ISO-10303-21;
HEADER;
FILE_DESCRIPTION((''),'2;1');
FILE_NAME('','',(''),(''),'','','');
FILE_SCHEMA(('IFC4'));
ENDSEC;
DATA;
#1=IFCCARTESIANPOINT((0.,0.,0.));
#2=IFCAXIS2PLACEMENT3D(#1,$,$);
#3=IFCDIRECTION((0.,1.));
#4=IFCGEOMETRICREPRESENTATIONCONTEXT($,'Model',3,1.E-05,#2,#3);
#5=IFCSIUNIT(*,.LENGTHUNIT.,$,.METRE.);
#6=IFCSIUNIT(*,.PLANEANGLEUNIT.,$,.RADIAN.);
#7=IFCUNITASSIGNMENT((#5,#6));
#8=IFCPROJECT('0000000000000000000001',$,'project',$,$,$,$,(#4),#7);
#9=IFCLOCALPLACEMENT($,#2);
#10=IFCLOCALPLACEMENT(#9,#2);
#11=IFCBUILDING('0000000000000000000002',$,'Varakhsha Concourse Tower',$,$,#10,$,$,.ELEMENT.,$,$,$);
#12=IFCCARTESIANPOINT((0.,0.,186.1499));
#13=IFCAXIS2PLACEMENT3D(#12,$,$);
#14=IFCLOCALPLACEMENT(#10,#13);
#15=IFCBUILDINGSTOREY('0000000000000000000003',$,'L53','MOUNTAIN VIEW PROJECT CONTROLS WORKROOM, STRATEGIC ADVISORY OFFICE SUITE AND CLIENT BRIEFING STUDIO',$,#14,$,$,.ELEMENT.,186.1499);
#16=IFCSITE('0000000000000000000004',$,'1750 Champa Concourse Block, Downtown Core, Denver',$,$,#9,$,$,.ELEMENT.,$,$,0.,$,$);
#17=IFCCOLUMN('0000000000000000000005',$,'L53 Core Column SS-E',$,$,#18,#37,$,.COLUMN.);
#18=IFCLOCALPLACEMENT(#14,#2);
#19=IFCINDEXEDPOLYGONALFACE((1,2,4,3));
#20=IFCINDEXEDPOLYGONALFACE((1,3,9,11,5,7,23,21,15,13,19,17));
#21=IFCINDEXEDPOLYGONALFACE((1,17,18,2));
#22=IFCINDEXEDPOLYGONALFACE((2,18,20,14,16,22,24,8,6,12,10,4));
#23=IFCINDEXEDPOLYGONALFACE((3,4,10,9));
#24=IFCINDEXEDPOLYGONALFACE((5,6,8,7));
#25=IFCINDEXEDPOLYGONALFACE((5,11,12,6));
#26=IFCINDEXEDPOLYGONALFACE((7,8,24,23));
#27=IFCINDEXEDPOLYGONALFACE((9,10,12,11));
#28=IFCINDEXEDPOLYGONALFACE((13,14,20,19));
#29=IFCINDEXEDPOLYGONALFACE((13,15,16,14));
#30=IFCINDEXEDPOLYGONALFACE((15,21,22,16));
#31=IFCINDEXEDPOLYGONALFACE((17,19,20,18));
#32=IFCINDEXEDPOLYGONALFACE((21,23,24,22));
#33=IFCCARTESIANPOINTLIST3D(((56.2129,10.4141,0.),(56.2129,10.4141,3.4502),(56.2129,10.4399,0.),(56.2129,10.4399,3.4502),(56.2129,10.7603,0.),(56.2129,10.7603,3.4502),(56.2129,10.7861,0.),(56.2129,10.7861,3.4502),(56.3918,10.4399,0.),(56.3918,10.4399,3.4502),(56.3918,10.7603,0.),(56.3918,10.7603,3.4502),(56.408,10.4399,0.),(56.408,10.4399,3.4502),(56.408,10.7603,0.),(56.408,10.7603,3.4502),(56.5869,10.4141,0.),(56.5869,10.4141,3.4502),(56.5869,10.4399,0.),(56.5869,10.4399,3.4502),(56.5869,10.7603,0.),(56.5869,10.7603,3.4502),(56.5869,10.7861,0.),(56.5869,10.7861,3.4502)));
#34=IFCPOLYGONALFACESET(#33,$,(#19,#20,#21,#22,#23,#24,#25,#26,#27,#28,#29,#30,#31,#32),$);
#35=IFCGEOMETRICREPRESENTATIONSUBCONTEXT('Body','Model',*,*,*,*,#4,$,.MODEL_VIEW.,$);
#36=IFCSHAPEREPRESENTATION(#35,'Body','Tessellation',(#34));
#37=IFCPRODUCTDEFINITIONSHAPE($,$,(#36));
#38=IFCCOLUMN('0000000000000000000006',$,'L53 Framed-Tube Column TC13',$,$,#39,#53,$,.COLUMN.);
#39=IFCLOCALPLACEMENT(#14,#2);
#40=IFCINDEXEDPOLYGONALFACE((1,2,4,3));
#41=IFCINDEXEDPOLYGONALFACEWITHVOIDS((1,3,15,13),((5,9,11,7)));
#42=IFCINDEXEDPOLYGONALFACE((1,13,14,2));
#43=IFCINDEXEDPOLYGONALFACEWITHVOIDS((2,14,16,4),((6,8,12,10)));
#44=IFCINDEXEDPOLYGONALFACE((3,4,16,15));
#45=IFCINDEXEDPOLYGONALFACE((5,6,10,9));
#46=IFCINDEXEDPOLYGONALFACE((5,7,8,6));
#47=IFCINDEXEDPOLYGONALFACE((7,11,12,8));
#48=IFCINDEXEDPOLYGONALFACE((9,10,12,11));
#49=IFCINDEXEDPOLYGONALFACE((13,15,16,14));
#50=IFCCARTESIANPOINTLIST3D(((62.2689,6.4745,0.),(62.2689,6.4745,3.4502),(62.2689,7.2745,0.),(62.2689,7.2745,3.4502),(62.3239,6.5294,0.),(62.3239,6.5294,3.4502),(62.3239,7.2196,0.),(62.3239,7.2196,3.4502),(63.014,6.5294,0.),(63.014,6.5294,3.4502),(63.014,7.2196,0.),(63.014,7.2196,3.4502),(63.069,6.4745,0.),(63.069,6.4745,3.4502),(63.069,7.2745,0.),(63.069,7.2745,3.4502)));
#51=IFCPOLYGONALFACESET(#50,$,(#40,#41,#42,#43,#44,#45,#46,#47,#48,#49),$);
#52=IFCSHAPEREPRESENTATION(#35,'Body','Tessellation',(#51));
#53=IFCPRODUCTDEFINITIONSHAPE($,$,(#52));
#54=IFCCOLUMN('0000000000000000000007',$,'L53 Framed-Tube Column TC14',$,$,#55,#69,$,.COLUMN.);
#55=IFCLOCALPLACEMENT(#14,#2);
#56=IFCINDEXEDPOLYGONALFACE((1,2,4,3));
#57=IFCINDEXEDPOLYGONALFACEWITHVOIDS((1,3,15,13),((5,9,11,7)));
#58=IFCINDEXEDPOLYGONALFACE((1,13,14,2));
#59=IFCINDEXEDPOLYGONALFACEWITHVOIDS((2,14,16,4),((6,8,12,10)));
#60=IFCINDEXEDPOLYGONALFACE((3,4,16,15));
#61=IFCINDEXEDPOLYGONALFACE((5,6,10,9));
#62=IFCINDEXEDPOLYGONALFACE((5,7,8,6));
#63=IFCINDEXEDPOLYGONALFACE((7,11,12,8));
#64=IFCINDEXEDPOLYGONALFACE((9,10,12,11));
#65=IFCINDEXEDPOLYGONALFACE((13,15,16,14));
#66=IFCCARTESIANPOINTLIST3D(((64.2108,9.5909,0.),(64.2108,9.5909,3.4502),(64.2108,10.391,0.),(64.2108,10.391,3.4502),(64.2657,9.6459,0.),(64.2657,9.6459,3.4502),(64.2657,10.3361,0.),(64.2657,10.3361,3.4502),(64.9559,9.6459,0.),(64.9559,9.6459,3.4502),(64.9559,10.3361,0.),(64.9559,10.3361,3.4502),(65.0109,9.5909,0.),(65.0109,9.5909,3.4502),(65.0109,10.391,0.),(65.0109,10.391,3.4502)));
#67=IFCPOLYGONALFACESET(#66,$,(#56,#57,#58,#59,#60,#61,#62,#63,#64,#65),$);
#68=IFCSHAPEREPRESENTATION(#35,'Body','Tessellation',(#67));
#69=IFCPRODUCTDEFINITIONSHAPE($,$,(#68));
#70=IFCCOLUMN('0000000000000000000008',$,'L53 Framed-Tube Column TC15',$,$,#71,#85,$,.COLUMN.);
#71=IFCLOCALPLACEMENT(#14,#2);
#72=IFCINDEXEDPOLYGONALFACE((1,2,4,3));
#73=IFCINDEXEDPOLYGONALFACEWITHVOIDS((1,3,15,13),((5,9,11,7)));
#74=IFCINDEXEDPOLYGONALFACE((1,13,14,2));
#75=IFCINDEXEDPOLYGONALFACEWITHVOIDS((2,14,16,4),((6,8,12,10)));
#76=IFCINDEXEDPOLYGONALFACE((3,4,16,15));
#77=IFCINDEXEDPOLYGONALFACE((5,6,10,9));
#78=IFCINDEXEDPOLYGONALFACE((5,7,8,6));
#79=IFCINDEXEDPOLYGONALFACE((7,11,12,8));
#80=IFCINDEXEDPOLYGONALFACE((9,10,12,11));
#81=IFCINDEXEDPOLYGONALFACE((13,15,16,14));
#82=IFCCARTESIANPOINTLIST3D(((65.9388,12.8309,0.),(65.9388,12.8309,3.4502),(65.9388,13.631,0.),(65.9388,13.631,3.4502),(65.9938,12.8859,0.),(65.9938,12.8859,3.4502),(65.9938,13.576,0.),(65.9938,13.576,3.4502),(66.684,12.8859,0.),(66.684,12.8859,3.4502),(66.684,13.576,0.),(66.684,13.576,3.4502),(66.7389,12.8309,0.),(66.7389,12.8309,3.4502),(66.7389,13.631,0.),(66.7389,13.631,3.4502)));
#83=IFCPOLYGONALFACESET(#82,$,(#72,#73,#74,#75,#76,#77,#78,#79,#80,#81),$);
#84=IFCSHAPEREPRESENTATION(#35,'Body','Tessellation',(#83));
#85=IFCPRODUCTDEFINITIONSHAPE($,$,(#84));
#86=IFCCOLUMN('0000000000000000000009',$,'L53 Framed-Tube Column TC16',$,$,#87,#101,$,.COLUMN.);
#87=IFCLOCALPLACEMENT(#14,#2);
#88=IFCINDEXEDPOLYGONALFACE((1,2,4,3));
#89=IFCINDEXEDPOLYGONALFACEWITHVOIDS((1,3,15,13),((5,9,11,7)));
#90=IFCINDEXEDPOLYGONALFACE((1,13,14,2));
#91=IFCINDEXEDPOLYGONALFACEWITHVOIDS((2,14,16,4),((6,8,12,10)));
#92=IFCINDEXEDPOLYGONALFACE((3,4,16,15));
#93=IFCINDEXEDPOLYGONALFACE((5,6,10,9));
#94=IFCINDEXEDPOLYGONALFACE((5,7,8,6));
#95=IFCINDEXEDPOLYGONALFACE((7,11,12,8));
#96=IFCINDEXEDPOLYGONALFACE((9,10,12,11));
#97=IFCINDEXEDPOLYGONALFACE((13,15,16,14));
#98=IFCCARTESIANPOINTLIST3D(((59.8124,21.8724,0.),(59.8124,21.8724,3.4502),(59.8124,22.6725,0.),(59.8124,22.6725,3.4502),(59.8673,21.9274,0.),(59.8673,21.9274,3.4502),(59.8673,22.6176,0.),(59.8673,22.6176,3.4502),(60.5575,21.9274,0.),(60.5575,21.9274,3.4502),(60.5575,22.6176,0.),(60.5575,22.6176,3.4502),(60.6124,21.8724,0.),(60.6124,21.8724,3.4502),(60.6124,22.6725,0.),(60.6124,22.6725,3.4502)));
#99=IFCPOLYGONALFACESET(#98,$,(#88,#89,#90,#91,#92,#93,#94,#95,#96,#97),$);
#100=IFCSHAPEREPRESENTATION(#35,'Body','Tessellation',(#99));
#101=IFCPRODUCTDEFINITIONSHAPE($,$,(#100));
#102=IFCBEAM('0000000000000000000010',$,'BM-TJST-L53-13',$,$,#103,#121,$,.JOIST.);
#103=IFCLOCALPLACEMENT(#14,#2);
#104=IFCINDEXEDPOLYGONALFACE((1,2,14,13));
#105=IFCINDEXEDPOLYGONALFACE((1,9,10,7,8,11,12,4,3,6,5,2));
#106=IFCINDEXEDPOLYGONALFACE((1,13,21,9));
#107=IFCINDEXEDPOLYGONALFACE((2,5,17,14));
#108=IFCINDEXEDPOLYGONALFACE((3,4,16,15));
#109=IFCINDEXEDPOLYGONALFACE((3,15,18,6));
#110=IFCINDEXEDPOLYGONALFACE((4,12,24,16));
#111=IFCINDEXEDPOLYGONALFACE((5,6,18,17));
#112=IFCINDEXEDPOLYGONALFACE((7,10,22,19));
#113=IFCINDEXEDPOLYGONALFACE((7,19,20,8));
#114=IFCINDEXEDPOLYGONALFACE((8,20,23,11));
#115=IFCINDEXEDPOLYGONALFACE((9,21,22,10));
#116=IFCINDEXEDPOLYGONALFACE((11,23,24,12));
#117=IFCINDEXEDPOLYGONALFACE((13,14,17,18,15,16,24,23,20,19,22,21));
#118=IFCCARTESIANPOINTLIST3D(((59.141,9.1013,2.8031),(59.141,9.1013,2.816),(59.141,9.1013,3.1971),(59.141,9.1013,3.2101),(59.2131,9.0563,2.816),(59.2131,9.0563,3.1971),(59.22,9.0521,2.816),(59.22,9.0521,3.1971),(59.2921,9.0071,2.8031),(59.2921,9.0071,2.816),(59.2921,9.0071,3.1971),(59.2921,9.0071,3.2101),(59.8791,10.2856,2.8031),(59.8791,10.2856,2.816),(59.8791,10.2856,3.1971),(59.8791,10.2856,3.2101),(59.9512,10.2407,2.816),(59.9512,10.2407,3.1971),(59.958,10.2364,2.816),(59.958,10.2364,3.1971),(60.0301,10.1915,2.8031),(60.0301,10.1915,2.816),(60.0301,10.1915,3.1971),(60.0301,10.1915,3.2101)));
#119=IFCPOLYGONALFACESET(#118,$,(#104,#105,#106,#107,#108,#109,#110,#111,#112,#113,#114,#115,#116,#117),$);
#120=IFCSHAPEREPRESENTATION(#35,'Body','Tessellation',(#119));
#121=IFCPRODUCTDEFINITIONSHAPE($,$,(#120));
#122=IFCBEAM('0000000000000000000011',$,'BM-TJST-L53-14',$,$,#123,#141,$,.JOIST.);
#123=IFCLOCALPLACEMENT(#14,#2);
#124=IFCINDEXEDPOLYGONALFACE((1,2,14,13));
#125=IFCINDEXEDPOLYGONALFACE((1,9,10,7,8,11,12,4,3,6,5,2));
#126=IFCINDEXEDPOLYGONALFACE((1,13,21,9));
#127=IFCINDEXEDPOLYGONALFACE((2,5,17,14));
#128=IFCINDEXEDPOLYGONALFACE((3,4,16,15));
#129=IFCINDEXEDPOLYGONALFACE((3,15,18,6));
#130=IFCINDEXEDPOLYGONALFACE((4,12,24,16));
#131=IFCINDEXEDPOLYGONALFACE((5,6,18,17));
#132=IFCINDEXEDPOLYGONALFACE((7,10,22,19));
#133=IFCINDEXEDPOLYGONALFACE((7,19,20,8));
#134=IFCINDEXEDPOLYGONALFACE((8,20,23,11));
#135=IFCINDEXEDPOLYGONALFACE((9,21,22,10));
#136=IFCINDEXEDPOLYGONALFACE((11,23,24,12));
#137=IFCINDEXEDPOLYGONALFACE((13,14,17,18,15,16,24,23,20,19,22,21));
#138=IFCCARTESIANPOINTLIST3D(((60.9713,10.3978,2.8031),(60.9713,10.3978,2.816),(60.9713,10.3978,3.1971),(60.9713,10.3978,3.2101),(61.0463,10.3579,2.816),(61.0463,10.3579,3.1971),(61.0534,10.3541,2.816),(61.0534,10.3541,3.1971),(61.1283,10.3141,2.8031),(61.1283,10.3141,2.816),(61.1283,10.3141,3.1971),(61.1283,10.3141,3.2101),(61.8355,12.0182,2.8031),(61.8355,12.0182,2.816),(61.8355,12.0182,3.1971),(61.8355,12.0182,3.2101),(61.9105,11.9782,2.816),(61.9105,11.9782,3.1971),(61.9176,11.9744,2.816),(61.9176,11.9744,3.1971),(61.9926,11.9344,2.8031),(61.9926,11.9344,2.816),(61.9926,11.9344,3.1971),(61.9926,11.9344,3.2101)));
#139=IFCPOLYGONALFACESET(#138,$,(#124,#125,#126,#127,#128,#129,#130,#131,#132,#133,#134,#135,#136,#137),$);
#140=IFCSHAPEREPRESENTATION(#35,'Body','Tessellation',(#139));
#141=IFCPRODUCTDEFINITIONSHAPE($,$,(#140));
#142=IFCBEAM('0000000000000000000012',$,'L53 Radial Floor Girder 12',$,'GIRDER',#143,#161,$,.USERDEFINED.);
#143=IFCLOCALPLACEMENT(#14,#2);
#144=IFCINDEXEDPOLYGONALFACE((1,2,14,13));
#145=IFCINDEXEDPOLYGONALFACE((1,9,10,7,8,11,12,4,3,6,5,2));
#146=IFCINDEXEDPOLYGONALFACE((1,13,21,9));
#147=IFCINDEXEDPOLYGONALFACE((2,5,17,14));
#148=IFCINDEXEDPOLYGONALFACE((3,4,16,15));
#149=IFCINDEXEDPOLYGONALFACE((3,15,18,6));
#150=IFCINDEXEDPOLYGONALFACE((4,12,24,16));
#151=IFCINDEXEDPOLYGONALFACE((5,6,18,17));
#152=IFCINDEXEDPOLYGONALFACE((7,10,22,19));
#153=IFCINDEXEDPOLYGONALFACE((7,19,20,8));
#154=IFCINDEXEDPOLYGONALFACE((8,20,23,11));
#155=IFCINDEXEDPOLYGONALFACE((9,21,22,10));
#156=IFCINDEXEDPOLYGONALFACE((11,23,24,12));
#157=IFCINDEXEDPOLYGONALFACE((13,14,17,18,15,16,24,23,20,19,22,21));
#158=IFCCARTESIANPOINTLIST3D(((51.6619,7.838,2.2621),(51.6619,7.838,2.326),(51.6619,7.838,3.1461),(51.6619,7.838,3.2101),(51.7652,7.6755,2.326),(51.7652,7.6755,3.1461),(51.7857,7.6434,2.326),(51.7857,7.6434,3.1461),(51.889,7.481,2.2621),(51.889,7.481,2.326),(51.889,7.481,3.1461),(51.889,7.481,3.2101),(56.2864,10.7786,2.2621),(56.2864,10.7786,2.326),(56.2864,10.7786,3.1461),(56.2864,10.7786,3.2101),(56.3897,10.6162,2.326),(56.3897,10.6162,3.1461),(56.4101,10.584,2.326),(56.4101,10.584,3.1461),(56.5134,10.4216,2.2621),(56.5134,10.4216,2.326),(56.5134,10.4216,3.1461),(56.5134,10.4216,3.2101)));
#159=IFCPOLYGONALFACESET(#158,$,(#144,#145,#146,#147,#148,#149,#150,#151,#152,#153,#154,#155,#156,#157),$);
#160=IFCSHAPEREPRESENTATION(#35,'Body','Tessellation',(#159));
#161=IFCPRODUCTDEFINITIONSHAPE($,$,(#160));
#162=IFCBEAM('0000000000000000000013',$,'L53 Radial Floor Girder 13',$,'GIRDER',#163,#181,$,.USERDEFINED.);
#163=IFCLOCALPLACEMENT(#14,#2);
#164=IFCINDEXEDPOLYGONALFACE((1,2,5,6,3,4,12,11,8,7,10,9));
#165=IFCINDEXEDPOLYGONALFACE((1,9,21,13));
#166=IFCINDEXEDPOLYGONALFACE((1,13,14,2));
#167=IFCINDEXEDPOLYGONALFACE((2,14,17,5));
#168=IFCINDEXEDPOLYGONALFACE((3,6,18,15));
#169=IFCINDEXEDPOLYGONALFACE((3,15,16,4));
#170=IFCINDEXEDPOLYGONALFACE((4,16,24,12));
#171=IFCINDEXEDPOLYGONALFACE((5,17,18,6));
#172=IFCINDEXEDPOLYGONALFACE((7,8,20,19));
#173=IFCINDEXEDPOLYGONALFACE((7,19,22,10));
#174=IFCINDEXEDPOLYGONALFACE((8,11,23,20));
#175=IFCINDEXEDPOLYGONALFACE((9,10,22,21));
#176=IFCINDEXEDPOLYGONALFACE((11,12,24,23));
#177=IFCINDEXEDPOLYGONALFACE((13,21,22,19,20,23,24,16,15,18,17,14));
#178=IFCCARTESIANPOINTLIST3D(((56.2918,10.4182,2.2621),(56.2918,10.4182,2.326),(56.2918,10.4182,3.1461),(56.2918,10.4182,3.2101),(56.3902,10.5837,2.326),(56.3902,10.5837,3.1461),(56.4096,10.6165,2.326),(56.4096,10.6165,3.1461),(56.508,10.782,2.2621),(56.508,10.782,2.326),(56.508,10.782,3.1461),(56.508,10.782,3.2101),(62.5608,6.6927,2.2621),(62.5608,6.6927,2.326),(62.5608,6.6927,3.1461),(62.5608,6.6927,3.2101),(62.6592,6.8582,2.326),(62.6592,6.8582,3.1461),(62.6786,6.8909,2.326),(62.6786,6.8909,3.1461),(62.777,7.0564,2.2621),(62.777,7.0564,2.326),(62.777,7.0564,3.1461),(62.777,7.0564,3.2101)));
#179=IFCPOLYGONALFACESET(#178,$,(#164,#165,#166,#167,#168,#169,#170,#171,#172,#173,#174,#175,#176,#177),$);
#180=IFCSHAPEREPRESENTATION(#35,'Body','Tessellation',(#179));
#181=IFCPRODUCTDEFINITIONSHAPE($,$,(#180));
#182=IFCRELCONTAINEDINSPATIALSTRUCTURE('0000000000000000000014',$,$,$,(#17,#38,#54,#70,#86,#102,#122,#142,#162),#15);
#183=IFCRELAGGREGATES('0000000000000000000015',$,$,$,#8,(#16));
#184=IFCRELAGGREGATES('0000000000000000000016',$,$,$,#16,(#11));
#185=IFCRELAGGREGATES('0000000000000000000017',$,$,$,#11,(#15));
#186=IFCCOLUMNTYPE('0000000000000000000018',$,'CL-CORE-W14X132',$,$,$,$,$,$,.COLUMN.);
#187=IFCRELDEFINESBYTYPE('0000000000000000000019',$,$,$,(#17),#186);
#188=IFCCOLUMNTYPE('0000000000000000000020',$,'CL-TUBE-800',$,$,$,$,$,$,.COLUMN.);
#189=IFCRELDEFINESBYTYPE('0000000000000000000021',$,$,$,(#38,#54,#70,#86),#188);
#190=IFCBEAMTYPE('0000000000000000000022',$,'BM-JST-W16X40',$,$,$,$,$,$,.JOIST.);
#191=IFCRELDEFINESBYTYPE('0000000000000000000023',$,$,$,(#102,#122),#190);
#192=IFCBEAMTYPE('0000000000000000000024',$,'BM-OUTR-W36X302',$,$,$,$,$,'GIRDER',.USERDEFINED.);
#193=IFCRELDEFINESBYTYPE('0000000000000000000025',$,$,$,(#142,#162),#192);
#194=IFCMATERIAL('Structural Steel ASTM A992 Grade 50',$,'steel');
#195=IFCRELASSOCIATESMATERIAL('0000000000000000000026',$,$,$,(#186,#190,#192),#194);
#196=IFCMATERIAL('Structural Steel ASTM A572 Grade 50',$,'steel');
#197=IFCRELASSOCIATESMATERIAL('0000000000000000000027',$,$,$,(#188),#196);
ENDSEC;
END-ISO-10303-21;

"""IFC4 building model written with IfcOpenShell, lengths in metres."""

from ifc_helpers import new_model, si_unit, direction, frame, origin, origin_2d, place, context, subcontext, project, spatial, hollow_rectangle, i_section, extrude, material, material_profile, profile_set, type_object, element, save


model = new_model("IFC4")

# Units and contexts
model_context = context("Model", 3, precision=1e-05, world=origin(), true_north=direction((0.0, 1.0)))
body_context = subcontext(model_context, "Body", "Model", "MODEL_VIEW")
ifc_project = project(units=[si_unit("LENGTHUNIT", "METRE"), si_unit("PLANEANGLEUNIT", "RADIAN")], contexts=[model_context])

# Site, building, storey
site_placement = place(None, origin())
site = spatial("IfcSite", under=ifc_project, at=site_placement, Name="1750 Champa Concourse Block, Downtown Core, Denver", CompositionType="ELEMENT", RefElevation=0.0)
building_placement = place(site_placement, origin())
building = spatial("IfcBuilding", under=site, at=building_placement, Name="Varakhsha Concourse Tower", CompositionType="ELEMENT")
storey_placement = place(building_placement, frame((0.0, 0.0, 186.1499)))
storey = spatial("IfcBuildingStorey", under=building, at=storey_placement, Name="L53", Description="MOUNTAIN VIEW PROJECT CONTROLS WORKROOM, STRATEGIC ADVISORY OFFICE SUITE AND CLIENT BRIEFING STUDIO", CompositionType="ELEMENT", Elevation=186.1499)

# Columns
ifc_material_1 = material(Name="Structural Steel ASTM A992 Grade 50", Category="steel")
ifc_material_profile_1 = material_profile(ifc_material_1, i_section(OverallWidth=0.374, OverallDepth=0.3721, WebThickness=0.0161, FlangeThickness=0.0259, at=origin_2d()), Name="W14X132")
ifc_profile_set_1 = profile_set([ifc_material_profile_1], Name="Structural Steel ASTM A992 Grade 50")
column_type_1 = type_object("IfcColumnType", Name="CL-CORE-W14X132", PredefinedType="COLUMN", material=ifc_profile_set_1)
column_placement = place(storey_placement, frame((56.3999, 10.6001, 0.0), z_axis=(0.0, 0.0, 1.0), x_axis=(1.0, 0.0, 0.0)))
element("IfcColumn", 1, at=column_placement, inside=storey, type_object=column_type_1, Name="L53 Core Column SS-E", PredefinedType="COLUMN", context=body_context, shape_type="SweptSolid", body=[
    extrude(i_section(OverallWidth=0.374, OverallDepth=0.3721, WebThickness=0.0161, FlangeThickness=0.0259, at=origin_2d()), origin(), (0.0, 0.0, 1.0), 3.4502),
])
ifc_material_2 = material(Name="Structural Steel ASTM A572 Grade 50", Category="steel")
ifc_material_profile_2 = material_profile(ifc_material_2, hollow_rectangle(XDim=0.8, YDim=0.8, WallThickness=0.0549, at=origin_2d()), Name="BOX 800x800x55")
ifc_profile_set_2 = profile_set([ifc_material_profile_2], Name="Structural Steel ASTM A572 Grade 50")
column_type_2 = type_object("IfcColumnType", Name="CL-TUBE-800", PredefinedType="COLUMN", material=ifc_profile_set_2)
for number, where, z_axis, x_axis, name in (
    (2, (62.6689, 6.8745, 0.0), (0.0, 0.0, 1.0), (1.0, 0.0, 0.0), "L53 Framed-Tube Column TC13"),
    (3, (64.6108, 9.991, 0.0), (0.0, 0.0, 1.0), (1.0, 0.0, 0.0), "L53 Framed-Tube Column TC14"),
    (4, (66.3389, 13.231, 0.0), (0.0, 0.0, 1.0), (1.0, 0.0, 0.0), "L53 Framed-Tube Column TC15"),
    (5, (60.2124, 22.2725, 0.0), (0.0, 0.0, 1.0), (1.0, 0.0, 0.0), "L53 Framed-Tube Column TC16"),
):
    element("IfcColumn", number, at=place(storey_placement, frame(where, z_axis=z_axis, x_axis=x_axis)), inside=storey, type_object=column_type_2, Name=name, PredefinedType="COLUMN", context=body_context, shape_type="SweptSolid", body=[
        extrude(hollow_rectangle(XDim=0.8, YDim=0.8, WallThickness=0.0549, at=origin_2d()), origin(), (0.0, 0.0, 1.0), 3.4502),
    ])

# Beams
ifc_material_profile_3 = material_profile(ifc_material_1, i_section(OverallWidth=0.178, OverallDepth=0.407, WebThickness=0.0081, FlangeThickness=0.0129, at=origin_2d()), Name="W16X40")
ifc_profile_set_3 = profile_set([ifc_material_profile_3], Name="Structural Steel ASTM A992 Grade 50")
beam_type_1 = type_object("IfcBeamType", Name="BM-JST-W16X40", PredefinedType="JOIST", material=ifc_profile_set_3)
beam_1_placement = place(storey_placement, frame((59.2166, 9.0542, 3.0066), z_axis=(0.528882, 0.848695, 0.0), x_axis=(-0.848695, 0.528882, 0.0)))
element("IfcBeam", 6, at=beam_1_placement, inside=storey, type_object=beam_type_1, Name="BM-TJST-L53-13", PredefinedType="JOIST", context=body_context, shape_type="SweptSolid", body=[
    extrude(i_section(OverallWidth=0.178, OverallDepth=0.407, WebThickness=0.0081, FlangeThickness=0.0129, at=origin_2d()), origin(), (0.0, 0.0, 1.0), 1.3955),
])
beam_2_placement = place(storey_placement, frame((61.0498, 10.356, 3.0066), z_axis=(0.470616, 0.882338, 0.0), x_axis=(-0.882338, 0.470616, 0.0)))
element("IfcBeam", 7, at=beam_2_placement, inside=storey, type_object=beam_type_1, Name="BM-TJST-L53-14", PredefinedType="JOIST", context=body_context, shape_type="SweptSolid", body=[
    extrude(i_section(OverallWidth=0.178, OverallDepth=0.407, WebThickness=0.0081, FlangeThickness=0.0129, at=origin_2d()), origin(), (0.0, 0.0, 1.0), 1.8364),
])
ifc_material_profile_4 = material_profile(ifc_material_1, i_section(OverallWidth=0.4231, OverallDepth=0.948, WebThickness=0.0381, FlangeThickness=0.064, at=origin_2d()), Name="W36X302")
ifc_profile_set_4 = profile_set([ifc_material_profile_4], Name="Structural Steel ASTM A992 Grade 50")
beam_type_2 = type_object("IfcBeamType", Name="BM-OUTR-W36X302", ElementType="GIRDER", PredefinedType="USERDEFINED", material=ifc_profile_set_4)
beam_3_placement = place(storey_placement, frame((56.3999, 10.6001, 2.7361), z_axis=(-0.843843, -0.53659, 0.0), x_axis=(0.53659, -0.843843, 0.0)))
element("IfcBeam", 8, at=beam_3_placement, inside=storey, type_object=beam_type_2, Name="L53 Radial Floor Girder 12", ObjectType="GIRDER", PredefinedType="USERDEFINED", context=body_context, shape_type="SweptSolid", body=[
    extrude(i_section(OverallWidth=0.4231, OverallDepth=0.948, WebThickness=0.0381, FlangeThickness=0.064, at=origin_2d()), origin(), (0.0, 0.0, 1.0), 5.4802),
])
beam_4_placement = place(storey_placement, frame((56.3999, 10.6001, 2.7361), z_axis=(0.859654, -0.510878, 0.0), x_axis=(0.510878, 0.859654, 0.0)))
element("IfcBeam", 9, at=beam_4_placement, inside=storey, type_object=beam_type_2, Name="L53 Radial Floor Girder 13", ObjectType="GIRDER", PredefinedType="USERDEFINED", context=body_context, shape_type="SweptSolid", body=[
    extrude(i_section(OverallWidth=0.4231, OverallDepth=0.948, WebThickness=0.0381, FlangeThickness=0.064, at=origin_2d()), origin(), (0.0, 0.0, 1.0), 7.2925),
])

save(model, "model.ifc")
